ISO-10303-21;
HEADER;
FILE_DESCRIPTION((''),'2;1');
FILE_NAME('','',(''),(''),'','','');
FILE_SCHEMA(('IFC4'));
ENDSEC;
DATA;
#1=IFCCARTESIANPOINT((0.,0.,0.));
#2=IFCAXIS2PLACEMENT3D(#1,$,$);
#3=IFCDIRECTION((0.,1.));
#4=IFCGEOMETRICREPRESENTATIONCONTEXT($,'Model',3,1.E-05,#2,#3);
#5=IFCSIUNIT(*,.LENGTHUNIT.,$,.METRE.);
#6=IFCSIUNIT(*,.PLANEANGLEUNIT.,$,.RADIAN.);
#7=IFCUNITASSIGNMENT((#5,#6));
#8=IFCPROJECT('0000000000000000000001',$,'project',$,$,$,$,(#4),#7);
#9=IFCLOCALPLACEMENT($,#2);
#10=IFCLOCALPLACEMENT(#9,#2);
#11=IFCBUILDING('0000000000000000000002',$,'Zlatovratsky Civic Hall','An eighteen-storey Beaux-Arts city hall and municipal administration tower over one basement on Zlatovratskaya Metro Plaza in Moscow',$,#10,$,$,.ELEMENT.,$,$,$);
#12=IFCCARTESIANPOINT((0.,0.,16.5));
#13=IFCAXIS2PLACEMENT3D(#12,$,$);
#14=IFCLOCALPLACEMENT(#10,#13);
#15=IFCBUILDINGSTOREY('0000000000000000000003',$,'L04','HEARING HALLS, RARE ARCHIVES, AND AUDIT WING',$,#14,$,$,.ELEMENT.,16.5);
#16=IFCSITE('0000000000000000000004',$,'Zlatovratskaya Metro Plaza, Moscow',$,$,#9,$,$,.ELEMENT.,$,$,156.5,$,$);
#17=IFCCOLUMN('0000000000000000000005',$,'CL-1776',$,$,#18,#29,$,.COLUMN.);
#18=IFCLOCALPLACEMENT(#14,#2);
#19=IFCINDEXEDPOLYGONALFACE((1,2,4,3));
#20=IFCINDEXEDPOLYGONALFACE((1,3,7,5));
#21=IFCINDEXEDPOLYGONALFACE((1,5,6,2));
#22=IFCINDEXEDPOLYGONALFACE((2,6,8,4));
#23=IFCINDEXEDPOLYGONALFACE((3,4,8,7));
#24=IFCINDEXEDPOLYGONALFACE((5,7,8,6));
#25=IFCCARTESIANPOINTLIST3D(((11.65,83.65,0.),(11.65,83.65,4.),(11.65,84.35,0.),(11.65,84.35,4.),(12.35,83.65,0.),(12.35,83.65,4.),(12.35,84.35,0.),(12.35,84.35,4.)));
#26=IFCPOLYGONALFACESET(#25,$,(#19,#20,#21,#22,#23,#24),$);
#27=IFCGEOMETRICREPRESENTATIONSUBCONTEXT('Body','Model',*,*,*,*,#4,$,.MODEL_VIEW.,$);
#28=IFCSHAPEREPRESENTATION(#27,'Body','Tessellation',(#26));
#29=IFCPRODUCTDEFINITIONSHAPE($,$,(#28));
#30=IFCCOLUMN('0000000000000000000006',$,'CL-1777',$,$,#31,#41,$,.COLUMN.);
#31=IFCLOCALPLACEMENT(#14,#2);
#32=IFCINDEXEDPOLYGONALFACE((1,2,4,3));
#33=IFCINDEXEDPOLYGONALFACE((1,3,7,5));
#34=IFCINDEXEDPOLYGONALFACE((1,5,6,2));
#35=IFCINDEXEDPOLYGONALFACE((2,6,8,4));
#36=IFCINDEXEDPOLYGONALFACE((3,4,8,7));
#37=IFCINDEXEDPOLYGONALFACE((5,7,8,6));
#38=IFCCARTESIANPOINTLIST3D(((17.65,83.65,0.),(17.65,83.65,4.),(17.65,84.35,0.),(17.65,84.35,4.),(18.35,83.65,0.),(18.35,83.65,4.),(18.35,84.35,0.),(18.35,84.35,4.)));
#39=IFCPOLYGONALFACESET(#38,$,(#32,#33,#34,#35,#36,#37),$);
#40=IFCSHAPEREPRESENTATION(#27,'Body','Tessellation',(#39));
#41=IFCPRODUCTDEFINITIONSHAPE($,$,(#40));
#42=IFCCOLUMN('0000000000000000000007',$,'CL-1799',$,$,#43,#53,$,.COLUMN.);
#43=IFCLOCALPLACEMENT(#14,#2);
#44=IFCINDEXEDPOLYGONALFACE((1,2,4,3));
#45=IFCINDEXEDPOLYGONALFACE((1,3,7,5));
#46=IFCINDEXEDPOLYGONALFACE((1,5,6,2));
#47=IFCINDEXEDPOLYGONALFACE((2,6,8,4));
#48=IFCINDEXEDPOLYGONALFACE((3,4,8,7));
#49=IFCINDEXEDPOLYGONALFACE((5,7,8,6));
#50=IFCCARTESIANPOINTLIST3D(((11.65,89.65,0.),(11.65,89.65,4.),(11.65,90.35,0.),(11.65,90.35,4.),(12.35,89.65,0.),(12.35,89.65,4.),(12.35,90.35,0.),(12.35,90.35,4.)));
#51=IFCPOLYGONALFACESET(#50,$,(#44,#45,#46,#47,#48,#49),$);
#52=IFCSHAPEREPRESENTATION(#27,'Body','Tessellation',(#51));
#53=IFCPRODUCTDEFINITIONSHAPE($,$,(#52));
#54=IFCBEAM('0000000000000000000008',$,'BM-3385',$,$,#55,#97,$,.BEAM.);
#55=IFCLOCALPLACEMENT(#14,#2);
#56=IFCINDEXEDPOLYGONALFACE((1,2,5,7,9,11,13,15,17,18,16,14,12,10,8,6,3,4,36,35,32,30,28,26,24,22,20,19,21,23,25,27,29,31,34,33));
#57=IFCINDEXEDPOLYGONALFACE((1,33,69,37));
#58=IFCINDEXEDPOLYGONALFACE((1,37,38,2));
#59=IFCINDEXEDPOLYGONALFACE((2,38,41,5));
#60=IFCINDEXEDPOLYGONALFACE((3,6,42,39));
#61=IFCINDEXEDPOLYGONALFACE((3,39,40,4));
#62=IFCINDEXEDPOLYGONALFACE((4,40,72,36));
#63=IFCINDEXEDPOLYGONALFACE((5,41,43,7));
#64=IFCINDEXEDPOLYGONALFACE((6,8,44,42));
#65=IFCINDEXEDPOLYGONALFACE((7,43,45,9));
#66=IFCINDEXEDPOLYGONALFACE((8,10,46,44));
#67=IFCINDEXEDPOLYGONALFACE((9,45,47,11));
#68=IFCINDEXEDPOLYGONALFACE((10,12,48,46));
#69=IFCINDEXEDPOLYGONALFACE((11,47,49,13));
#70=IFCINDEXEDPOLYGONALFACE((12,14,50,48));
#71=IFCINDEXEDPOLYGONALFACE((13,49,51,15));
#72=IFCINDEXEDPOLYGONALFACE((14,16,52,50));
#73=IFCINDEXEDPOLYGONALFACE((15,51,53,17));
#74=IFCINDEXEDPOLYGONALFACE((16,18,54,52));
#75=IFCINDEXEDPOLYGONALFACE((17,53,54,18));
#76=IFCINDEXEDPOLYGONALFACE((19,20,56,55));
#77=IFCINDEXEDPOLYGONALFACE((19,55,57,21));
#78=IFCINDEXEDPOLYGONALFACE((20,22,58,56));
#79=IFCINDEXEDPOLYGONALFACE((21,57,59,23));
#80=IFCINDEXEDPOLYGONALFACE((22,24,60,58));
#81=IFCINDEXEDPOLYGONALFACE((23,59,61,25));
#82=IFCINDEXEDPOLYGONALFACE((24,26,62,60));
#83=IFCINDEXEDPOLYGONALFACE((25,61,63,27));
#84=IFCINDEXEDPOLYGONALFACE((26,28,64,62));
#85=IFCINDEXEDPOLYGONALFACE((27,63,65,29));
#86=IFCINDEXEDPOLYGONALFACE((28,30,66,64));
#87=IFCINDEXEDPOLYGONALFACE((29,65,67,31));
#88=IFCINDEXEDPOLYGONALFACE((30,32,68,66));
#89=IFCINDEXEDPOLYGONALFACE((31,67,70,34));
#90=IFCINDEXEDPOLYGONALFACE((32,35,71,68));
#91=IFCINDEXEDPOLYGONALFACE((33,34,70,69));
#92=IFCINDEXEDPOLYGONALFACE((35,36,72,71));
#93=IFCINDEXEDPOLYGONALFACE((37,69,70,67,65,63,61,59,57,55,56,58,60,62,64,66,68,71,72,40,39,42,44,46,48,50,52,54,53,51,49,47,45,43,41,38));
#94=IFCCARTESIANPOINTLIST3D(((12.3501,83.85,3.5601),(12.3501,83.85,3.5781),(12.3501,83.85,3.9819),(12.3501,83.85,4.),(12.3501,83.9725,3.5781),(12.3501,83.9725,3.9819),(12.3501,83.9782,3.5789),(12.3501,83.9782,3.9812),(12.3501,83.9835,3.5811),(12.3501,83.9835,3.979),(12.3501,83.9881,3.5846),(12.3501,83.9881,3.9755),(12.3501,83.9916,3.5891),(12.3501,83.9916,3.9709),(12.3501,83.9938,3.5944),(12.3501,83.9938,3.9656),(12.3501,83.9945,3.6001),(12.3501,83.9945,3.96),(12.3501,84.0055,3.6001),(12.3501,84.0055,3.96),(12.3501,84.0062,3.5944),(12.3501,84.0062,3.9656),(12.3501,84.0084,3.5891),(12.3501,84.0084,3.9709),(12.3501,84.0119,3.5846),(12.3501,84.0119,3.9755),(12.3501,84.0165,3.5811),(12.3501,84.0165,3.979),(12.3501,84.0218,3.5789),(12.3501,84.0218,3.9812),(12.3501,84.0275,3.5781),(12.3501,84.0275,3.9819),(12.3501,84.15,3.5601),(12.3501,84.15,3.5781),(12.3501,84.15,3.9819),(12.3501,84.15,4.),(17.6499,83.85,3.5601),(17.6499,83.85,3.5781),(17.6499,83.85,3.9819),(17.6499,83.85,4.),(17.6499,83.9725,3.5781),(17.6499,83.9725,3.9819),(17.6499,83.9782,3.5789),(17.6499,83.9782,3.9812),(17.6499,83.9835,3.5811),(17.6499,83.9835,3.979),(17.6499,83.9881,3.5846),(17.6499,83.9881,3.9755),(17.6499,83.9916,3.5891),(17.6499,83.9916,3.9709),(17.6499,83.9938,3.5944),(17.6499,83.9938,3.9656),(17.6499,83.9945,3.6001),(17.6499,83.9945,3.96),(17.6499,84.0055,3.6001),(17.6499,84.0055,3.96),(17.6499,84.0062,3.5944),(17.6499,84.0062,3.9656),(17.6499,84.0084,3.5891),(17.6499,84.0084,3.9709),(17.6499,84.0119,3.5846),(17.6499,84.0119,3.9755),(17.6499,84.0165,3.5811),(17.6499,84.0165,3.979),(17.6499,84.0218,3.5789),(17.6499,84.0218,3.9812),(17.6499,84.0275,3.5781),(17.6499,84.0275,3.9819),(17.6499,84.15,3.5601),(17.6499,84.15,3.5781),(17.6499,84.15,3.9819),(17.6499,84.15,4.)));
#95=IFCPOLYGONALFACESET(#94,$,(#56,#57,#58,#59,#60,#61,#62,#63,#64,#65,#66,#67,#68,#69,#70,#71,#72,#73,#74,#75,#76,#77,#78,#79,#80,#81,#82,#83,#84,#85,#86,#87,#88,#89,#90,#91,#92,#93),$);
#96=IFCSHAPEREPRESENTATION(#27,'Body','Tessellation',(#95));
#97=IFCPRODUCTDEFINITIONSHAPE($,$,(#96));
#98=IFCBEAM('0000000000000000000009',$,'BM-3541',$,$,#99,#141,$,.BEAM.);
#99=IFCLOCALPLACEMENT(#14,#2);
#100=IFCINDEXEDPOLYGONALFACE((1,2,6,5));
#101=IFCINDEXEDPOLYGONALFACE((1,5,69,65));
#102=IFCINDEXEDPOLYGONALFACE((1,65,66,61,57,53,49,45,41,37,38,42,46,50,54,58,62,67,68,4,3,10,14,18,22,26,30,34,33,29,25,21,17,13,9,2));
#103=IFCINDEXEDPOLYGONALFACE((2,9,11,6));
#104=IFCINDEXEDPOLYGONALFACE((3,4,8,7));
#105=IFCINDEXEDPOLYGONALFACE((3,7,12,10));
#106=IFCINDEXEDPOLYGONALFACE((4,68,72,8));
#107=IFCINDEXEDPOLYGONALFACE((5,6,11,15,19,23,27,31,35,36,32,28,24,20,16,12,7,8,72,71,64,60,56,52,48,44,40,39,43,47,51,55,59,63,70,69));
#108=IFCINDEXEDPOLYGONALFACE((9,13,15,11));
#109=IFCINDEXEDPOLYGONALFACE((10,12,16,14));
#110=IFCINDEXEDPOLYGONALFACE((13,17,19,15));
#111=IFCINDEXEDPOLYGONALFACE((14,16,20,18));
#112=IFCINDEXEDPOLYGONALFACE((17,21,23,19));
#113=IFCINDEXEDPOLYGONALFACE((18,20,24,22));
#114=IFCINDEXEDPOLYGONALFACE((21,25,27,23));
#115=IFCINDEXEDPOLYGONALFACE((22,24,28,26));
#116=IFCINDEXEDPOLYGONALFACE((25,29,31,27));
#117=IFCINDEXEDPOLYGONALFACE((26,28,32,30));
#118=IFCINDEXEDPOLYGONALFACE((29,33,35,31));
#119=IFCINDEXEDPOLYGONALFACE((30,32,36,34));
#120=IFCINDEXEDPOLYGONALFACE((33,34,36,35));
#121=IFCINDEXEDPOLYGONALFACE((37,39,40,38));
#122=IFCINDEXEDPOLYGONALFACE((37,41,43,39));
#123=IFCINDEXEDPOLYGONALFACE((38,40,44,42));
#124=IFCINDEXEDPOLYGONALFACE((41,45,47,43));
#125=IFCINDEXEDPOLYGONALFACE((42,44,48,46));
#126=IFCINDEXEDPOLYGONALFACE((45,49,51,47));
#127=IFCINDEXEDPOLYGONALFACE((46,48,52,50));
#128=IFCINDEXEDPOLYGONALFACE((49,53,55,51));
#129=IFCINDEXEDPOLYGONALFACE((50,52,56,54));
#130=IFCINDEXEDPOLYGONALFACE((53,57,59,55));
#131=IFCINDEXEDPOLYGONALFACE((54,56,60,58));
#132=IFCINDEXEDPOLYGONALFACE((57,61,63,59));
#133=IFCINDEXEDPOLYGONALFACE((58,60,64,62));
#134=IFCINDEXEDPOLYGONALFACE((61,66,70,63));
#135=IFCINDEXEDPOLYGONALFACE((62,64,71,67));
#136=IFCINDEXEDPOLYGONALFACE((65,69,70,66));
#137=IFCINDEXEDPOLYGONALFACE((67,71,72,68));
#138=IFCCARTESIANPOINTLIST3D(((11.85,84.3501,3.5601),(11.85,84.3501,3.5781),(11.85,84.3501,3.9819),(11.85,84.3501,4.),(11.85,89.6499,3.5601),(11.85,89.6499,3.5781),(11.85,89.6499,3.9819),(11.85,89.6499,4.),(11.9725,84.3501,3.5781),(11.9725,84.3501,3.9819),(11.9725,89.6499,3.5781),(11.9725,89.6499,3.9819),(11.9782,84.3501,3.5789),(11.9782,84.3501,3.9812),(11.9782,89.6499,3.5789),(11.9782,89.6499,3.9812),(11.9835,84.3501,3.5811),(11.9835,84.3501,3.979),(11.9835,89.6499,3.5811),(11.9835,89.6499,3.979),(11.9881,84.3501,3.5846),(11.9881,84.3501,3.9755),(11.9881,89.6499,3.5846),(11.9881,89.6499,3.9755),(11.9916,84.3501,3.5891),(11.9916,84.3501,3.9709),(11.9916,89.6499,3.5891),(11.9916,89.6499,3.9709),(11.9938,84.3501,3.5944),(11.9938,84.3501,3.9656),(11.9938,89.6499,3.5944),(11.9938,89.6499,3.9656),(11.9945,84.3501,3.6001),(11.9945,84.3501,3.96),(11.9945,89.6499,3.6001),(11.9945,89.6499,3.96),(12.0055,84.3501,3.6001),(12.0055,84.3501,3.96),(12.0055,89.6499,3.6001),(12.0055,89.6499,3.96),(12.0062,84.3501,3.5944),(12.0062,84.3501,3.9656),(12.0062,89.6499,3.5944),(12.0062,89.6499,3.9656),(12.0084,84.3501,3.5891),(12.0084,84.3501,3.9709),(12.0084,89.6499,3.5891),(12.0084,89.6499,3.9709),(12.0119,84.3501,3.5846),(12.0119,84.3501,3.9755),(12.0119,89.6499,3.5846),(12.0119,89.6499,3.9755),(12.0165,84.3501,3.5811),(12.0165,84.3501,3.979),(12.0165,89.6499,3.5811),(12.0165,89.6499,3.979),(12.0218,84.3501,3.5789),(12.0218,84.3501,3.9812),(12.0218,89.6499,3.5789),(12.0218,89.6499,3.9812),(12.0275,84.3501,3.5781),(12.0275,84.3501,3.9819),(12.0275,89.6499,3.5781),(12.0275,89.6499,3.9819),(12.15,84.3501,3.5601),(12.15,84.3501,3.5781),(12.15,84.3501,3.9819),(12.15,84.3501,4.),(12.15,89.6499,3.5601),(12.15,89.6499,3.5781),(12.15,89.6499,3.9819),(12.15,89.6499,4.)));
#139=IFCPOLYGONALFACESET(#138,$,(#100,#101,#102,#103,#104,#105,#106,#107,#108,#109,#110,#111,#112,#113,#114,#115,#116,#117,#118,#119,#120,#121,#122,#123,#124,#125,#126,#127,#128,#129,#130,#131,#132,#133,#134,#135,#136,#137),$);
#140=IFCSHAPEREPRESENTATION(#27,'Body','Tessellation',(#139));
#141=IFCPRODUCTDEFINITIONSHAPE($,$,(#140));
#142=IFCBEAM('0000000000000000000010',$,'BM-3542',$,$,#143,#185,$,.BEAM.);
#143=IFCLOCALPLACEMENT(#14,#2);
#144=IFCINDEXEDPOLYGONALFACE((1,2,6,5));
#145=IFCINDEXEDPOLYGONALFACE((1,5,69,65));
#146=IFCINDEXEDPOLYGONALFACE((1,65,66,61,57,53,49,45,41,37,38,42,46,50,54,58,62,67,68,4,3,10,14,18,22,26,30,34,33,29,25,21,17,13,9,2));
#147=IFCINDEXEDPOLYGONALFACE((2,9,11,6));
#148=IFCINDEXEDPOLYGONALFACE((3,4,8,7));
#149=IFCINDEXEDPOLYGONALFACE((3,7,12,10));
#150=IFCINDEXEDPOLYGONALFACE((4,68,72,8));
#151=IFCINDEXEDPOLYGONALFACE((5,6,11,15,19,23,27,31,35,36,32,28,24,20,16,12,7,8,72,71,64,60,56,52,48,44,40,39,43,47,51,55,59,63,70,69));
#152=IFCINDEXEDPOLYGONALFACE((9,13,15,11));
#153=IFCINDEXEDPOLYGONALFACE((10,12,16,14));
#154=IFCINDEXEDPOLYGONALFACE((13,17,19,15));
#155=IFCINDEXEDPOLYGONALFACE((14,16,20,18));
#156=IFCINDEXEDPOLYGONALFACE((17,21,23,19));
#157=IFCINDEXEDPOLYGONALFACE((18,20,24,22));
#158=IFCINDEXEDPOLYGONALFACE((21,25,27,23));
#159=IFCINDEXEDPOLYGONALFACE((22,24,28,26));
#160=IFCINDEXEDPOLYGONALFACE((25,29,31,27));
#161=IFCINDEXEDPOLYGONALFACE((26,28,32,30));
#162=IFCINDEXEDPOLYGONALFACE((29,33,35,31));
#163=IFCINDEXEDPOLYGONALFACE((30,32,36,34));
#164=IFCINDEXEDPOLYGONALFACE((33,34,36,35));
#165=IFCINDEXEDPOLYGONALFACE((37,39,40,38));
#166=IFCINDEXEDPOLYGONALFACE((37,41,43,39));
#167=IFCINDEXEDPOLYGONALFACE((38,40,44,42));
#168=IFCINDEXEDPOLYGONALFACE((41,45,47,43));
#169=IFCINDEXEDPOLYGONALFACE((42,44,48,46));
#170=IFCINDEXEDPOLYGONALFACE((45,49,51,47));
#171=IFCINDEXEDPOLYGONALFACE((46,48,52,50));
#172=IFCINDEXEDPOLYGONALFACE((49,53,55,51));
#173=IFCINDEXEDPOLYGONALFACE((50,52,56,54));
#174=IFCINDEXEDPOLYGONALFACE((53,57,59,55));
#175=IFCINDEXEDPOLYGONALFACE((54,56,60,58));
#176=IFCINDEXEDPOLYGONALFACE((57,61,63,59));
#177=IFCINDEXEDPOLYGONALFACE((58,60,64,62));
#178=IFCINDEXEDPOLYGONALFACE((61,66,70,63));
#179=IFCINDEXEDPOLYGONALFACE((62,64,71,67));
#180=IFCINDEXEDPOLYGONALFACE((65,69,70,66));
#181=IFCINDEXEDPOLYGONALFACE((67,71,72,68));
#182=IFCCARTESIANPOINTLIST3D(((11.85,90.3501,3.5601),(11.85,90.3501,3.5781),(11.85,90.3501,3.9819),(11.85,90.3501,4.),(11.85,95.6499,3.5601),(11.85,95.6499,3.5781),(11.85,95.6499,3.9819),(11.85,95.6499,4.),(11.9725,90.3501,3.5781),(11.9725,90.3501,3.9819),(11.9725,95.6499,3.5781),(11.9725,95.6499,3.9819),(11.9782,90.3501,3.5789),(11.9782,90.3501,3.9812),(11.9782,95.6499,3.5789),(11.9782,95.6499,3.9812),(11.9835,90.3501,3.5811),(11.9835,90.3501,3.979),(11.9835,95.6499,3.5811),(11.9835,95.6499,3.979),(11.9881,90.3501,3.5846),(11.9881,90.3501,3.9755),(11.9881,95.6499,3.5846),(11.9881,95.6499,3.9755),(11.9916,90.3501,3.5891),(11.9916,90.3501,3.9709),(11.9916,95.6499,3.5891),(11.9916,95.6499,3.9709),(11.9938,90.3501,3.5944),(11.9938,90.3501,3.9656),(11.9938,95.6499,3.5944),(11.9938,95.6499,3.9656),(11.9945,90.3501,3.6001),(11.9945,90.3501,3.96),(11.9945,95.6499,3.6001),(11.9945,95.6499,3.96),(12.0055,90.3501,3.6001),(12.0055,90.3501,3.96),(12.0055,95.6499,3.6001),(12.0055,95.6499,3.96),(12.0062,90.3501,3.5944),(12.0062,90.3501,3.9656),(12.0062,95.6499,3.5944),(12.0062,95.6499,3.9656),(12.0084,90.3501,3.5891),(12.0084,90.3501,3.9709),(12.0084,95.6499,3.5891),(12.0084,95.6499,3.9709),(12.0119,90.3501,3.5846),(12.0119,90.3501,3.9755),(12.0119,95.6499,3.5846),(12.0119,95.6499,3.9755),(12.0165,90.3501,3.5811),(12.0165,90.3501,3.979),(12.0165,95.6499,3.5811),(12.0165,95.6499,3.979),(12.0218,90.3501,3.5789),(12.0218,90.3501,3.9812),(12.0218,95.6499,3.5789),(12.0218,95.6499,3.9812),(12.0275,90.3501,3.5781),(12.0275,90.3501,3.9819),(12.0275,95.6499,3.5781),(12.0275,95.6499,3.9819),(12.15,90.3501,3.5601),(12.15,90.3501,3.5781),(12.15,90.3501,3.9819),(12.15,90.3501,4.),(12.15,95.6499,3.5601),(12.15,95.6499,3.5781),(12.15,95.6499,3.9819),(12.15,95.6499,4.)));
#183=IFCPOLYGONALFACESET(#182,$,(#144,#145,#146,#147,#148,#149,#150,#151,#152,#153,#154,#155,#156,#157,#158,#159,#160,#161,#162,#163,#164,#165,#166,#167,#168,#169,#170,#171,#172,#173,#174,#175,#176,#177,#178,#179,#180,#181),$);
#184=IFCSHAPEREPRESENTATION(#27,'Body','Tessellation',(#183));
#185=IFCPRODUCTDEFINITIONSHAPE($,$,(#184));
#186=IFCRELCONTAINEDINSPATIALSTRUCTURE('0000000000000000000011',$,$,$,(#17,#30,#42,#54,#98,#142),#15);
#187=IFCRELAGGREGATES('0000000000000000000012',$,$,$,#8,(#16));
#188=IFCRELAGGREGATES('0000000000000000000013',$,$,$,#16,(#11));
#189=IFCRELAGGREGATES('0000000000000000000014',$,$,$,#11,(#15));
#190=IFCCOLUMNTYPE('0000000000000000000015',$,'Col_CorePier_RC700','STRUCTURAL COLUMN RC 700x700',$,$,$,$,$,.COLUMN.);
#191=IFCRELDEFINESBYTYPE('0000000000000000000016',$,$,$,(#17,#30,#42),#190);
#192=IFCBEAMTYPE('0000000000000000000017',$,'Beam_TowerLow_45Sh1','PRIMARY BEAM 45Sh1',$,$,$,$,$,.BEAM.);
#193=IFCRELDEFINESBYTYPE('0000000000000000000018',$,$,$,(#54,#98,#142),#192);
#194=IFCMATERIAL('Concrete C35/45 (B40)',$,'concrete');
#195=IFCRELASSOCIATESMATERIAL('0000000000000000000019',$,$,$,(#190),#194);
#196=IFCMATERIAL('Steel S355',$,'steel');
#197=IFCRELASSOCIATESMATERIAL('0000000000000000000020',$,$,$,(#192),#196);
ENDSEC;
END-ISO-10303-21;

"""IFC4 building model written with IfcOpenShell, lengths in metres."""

from ifc_helpers import new_model, si_unit, direction, frame, origin, origin_2d, place, context, subcontext, project, spatial, rectangle, i_section, extrude, material, material_profile, profile_set, type_object, element, save


model = new_model("IFC4")

# Units and contexts
model_context = context("Model", 3, precision=1e-05, world=origin(), true_north=direction((0.0, 1.0)))
body_context = subcontext(model_context, "Body", "Model", "MODEL_VIEW")
ifc_project = project(units=[si_unit("LENGTHUNIT", "METRE"), si_unit("PLANEANGLEUNIT", "RADIAN")], contexts=[model_context])

# Site, building, storey
site_placement = place(None, origin())
site = spatial("IfcSite", under=ifc_project, at=site_placement, Name="Zlatovratskaya Metro Plaza, Moscow", CompositionType="ELEMENT", RefElevation=156.5)
building_placement = place(site_placement, origin())
building = spatial("IfcBuilding", under=site, at=building_placement, Name="Zlatovratsky Civic Hall", Description="An eighteen-storey Beaux-Arts city hall and municipal administration tower over one basement on Zlatovratskaya Metro Plaza in Moscow", CompositionType="ELEMENT")
storey_placement = place(building_placement, frame((0.0, 0.0, 16.5)))
storey = spatial("IfcBuildingStorey", under=building, at=storey_placement, Name="L04", Description="HEARING HALLS, RARE ARCHIVES, AND AUDIT WING", CompositionType="ELEMENT", Elevation=16.5)

# Columns
ifc_material_1 = material(Name="Concrete C35/45 (B40)", Category="concrete")
ifc_material_profile_1 = material_profile(ifc_material_1, rectangle(XDim=0.7, YDim=0.7, at=origin_2d()), Name="RC 700x700")
ifc_profile_set_1 = profile_set([ifc_material_profile_1], Name="Concrete C35/45 (B40)")
column_type = type_object("IfcColumnType", Name="Col_CorePier_RC700", Description="STRUCTURAL COLUMN RC 700x700", PredefinedType="COLUMN", material=ifc_profile_set_1)
for number, where, z_axis, x_axis, name in (
    (1, (12.0, 84.0, 0.0), (0.0, 0.0, 1.0), (1.0, 0.0, 0.0), "CL-1776"),
    (2, (18.0, 84.0, 0.0), (0.0, 0.0, 1.0), (1.0, 0.0, 0.0), "CL-1777"),
    (3, (12.0, 90.0, 0.0), (0.0, 0.0, 1.0), (1.0, 0.0, 0.0), "CL-1799"),
):
    element("IfcColumn", number, at=place(storey_placement, frame(where, z_axis=z_axis, x_axis=x_axis)), inside=storey, type_object=column_type, Name=name, PredefinedType="COLUMN", context=body_context, shape_type="SweptSolid", body=[
        extrude(rectangle(XDim=0.7, YDim=0.7, at=origin_2d()), origin(), (0.0, 0.0, 1.0), 4.0),
    ])

# Beams
ifc_material_2 = material(Name="Steel S355", Category="steel")
ifc_material_profile_2 = material_profile(ifc_material_2, i_section(OverallWidth=0.3, OverallDepth=0.4399, WebThickness=0.011, FlangeThickness=0.0181, FilletRadius=0.022, at=origin_2d()), Name="45Sh1")
ifc_profile_set_2 = profile_set([ifc_material_profile_2], Name="Steel S355")
beam_type = type_object("IfcBeamType", Name="Beam_TowerLow_45Sh1", Description="PRIMARY BEAM 45Sh1", PredefinedType="BEAM", material=ifc_profile_set_2)
for number, where, z_axis, x_axis, name in (
    (4, (12.3501, 84.0, 3.78), (1.0, 0.0, 0.0), (0.0, 1.0, 0.0), "BM-3385"),
    (5, (12.0, 84.3501, 3.78), (0.0, 1.0, 0.0), (-1.0, 0.0, 0.0), "BM-3541"),
    (6, (12.0, 90.3501, 3.78), (0.0, 1.0, 0.0), (-1.0, 0.0, 0.0), "BM-3542"),
):
    element("IfcBeam", number, at=place(storey_placement, frame(where, z_axis=z_axis, x_axis=x_axis)), inside=storey, type_object=beam_type, Name=name, PredefinedType="BEAM", context=body_context, shape_type="SweptSolid", body=[
        extrude(i_section(OverallWidth=0.3, OverallDepth=0.4399, WebThickness=0.011, FlangeThickness=0.0181, FilletRadius=0.022, at=origin_2d()), origin(), (0.0, 0.0, 1.0), 5.2998),
    ])

save(model, "model.ifc")
